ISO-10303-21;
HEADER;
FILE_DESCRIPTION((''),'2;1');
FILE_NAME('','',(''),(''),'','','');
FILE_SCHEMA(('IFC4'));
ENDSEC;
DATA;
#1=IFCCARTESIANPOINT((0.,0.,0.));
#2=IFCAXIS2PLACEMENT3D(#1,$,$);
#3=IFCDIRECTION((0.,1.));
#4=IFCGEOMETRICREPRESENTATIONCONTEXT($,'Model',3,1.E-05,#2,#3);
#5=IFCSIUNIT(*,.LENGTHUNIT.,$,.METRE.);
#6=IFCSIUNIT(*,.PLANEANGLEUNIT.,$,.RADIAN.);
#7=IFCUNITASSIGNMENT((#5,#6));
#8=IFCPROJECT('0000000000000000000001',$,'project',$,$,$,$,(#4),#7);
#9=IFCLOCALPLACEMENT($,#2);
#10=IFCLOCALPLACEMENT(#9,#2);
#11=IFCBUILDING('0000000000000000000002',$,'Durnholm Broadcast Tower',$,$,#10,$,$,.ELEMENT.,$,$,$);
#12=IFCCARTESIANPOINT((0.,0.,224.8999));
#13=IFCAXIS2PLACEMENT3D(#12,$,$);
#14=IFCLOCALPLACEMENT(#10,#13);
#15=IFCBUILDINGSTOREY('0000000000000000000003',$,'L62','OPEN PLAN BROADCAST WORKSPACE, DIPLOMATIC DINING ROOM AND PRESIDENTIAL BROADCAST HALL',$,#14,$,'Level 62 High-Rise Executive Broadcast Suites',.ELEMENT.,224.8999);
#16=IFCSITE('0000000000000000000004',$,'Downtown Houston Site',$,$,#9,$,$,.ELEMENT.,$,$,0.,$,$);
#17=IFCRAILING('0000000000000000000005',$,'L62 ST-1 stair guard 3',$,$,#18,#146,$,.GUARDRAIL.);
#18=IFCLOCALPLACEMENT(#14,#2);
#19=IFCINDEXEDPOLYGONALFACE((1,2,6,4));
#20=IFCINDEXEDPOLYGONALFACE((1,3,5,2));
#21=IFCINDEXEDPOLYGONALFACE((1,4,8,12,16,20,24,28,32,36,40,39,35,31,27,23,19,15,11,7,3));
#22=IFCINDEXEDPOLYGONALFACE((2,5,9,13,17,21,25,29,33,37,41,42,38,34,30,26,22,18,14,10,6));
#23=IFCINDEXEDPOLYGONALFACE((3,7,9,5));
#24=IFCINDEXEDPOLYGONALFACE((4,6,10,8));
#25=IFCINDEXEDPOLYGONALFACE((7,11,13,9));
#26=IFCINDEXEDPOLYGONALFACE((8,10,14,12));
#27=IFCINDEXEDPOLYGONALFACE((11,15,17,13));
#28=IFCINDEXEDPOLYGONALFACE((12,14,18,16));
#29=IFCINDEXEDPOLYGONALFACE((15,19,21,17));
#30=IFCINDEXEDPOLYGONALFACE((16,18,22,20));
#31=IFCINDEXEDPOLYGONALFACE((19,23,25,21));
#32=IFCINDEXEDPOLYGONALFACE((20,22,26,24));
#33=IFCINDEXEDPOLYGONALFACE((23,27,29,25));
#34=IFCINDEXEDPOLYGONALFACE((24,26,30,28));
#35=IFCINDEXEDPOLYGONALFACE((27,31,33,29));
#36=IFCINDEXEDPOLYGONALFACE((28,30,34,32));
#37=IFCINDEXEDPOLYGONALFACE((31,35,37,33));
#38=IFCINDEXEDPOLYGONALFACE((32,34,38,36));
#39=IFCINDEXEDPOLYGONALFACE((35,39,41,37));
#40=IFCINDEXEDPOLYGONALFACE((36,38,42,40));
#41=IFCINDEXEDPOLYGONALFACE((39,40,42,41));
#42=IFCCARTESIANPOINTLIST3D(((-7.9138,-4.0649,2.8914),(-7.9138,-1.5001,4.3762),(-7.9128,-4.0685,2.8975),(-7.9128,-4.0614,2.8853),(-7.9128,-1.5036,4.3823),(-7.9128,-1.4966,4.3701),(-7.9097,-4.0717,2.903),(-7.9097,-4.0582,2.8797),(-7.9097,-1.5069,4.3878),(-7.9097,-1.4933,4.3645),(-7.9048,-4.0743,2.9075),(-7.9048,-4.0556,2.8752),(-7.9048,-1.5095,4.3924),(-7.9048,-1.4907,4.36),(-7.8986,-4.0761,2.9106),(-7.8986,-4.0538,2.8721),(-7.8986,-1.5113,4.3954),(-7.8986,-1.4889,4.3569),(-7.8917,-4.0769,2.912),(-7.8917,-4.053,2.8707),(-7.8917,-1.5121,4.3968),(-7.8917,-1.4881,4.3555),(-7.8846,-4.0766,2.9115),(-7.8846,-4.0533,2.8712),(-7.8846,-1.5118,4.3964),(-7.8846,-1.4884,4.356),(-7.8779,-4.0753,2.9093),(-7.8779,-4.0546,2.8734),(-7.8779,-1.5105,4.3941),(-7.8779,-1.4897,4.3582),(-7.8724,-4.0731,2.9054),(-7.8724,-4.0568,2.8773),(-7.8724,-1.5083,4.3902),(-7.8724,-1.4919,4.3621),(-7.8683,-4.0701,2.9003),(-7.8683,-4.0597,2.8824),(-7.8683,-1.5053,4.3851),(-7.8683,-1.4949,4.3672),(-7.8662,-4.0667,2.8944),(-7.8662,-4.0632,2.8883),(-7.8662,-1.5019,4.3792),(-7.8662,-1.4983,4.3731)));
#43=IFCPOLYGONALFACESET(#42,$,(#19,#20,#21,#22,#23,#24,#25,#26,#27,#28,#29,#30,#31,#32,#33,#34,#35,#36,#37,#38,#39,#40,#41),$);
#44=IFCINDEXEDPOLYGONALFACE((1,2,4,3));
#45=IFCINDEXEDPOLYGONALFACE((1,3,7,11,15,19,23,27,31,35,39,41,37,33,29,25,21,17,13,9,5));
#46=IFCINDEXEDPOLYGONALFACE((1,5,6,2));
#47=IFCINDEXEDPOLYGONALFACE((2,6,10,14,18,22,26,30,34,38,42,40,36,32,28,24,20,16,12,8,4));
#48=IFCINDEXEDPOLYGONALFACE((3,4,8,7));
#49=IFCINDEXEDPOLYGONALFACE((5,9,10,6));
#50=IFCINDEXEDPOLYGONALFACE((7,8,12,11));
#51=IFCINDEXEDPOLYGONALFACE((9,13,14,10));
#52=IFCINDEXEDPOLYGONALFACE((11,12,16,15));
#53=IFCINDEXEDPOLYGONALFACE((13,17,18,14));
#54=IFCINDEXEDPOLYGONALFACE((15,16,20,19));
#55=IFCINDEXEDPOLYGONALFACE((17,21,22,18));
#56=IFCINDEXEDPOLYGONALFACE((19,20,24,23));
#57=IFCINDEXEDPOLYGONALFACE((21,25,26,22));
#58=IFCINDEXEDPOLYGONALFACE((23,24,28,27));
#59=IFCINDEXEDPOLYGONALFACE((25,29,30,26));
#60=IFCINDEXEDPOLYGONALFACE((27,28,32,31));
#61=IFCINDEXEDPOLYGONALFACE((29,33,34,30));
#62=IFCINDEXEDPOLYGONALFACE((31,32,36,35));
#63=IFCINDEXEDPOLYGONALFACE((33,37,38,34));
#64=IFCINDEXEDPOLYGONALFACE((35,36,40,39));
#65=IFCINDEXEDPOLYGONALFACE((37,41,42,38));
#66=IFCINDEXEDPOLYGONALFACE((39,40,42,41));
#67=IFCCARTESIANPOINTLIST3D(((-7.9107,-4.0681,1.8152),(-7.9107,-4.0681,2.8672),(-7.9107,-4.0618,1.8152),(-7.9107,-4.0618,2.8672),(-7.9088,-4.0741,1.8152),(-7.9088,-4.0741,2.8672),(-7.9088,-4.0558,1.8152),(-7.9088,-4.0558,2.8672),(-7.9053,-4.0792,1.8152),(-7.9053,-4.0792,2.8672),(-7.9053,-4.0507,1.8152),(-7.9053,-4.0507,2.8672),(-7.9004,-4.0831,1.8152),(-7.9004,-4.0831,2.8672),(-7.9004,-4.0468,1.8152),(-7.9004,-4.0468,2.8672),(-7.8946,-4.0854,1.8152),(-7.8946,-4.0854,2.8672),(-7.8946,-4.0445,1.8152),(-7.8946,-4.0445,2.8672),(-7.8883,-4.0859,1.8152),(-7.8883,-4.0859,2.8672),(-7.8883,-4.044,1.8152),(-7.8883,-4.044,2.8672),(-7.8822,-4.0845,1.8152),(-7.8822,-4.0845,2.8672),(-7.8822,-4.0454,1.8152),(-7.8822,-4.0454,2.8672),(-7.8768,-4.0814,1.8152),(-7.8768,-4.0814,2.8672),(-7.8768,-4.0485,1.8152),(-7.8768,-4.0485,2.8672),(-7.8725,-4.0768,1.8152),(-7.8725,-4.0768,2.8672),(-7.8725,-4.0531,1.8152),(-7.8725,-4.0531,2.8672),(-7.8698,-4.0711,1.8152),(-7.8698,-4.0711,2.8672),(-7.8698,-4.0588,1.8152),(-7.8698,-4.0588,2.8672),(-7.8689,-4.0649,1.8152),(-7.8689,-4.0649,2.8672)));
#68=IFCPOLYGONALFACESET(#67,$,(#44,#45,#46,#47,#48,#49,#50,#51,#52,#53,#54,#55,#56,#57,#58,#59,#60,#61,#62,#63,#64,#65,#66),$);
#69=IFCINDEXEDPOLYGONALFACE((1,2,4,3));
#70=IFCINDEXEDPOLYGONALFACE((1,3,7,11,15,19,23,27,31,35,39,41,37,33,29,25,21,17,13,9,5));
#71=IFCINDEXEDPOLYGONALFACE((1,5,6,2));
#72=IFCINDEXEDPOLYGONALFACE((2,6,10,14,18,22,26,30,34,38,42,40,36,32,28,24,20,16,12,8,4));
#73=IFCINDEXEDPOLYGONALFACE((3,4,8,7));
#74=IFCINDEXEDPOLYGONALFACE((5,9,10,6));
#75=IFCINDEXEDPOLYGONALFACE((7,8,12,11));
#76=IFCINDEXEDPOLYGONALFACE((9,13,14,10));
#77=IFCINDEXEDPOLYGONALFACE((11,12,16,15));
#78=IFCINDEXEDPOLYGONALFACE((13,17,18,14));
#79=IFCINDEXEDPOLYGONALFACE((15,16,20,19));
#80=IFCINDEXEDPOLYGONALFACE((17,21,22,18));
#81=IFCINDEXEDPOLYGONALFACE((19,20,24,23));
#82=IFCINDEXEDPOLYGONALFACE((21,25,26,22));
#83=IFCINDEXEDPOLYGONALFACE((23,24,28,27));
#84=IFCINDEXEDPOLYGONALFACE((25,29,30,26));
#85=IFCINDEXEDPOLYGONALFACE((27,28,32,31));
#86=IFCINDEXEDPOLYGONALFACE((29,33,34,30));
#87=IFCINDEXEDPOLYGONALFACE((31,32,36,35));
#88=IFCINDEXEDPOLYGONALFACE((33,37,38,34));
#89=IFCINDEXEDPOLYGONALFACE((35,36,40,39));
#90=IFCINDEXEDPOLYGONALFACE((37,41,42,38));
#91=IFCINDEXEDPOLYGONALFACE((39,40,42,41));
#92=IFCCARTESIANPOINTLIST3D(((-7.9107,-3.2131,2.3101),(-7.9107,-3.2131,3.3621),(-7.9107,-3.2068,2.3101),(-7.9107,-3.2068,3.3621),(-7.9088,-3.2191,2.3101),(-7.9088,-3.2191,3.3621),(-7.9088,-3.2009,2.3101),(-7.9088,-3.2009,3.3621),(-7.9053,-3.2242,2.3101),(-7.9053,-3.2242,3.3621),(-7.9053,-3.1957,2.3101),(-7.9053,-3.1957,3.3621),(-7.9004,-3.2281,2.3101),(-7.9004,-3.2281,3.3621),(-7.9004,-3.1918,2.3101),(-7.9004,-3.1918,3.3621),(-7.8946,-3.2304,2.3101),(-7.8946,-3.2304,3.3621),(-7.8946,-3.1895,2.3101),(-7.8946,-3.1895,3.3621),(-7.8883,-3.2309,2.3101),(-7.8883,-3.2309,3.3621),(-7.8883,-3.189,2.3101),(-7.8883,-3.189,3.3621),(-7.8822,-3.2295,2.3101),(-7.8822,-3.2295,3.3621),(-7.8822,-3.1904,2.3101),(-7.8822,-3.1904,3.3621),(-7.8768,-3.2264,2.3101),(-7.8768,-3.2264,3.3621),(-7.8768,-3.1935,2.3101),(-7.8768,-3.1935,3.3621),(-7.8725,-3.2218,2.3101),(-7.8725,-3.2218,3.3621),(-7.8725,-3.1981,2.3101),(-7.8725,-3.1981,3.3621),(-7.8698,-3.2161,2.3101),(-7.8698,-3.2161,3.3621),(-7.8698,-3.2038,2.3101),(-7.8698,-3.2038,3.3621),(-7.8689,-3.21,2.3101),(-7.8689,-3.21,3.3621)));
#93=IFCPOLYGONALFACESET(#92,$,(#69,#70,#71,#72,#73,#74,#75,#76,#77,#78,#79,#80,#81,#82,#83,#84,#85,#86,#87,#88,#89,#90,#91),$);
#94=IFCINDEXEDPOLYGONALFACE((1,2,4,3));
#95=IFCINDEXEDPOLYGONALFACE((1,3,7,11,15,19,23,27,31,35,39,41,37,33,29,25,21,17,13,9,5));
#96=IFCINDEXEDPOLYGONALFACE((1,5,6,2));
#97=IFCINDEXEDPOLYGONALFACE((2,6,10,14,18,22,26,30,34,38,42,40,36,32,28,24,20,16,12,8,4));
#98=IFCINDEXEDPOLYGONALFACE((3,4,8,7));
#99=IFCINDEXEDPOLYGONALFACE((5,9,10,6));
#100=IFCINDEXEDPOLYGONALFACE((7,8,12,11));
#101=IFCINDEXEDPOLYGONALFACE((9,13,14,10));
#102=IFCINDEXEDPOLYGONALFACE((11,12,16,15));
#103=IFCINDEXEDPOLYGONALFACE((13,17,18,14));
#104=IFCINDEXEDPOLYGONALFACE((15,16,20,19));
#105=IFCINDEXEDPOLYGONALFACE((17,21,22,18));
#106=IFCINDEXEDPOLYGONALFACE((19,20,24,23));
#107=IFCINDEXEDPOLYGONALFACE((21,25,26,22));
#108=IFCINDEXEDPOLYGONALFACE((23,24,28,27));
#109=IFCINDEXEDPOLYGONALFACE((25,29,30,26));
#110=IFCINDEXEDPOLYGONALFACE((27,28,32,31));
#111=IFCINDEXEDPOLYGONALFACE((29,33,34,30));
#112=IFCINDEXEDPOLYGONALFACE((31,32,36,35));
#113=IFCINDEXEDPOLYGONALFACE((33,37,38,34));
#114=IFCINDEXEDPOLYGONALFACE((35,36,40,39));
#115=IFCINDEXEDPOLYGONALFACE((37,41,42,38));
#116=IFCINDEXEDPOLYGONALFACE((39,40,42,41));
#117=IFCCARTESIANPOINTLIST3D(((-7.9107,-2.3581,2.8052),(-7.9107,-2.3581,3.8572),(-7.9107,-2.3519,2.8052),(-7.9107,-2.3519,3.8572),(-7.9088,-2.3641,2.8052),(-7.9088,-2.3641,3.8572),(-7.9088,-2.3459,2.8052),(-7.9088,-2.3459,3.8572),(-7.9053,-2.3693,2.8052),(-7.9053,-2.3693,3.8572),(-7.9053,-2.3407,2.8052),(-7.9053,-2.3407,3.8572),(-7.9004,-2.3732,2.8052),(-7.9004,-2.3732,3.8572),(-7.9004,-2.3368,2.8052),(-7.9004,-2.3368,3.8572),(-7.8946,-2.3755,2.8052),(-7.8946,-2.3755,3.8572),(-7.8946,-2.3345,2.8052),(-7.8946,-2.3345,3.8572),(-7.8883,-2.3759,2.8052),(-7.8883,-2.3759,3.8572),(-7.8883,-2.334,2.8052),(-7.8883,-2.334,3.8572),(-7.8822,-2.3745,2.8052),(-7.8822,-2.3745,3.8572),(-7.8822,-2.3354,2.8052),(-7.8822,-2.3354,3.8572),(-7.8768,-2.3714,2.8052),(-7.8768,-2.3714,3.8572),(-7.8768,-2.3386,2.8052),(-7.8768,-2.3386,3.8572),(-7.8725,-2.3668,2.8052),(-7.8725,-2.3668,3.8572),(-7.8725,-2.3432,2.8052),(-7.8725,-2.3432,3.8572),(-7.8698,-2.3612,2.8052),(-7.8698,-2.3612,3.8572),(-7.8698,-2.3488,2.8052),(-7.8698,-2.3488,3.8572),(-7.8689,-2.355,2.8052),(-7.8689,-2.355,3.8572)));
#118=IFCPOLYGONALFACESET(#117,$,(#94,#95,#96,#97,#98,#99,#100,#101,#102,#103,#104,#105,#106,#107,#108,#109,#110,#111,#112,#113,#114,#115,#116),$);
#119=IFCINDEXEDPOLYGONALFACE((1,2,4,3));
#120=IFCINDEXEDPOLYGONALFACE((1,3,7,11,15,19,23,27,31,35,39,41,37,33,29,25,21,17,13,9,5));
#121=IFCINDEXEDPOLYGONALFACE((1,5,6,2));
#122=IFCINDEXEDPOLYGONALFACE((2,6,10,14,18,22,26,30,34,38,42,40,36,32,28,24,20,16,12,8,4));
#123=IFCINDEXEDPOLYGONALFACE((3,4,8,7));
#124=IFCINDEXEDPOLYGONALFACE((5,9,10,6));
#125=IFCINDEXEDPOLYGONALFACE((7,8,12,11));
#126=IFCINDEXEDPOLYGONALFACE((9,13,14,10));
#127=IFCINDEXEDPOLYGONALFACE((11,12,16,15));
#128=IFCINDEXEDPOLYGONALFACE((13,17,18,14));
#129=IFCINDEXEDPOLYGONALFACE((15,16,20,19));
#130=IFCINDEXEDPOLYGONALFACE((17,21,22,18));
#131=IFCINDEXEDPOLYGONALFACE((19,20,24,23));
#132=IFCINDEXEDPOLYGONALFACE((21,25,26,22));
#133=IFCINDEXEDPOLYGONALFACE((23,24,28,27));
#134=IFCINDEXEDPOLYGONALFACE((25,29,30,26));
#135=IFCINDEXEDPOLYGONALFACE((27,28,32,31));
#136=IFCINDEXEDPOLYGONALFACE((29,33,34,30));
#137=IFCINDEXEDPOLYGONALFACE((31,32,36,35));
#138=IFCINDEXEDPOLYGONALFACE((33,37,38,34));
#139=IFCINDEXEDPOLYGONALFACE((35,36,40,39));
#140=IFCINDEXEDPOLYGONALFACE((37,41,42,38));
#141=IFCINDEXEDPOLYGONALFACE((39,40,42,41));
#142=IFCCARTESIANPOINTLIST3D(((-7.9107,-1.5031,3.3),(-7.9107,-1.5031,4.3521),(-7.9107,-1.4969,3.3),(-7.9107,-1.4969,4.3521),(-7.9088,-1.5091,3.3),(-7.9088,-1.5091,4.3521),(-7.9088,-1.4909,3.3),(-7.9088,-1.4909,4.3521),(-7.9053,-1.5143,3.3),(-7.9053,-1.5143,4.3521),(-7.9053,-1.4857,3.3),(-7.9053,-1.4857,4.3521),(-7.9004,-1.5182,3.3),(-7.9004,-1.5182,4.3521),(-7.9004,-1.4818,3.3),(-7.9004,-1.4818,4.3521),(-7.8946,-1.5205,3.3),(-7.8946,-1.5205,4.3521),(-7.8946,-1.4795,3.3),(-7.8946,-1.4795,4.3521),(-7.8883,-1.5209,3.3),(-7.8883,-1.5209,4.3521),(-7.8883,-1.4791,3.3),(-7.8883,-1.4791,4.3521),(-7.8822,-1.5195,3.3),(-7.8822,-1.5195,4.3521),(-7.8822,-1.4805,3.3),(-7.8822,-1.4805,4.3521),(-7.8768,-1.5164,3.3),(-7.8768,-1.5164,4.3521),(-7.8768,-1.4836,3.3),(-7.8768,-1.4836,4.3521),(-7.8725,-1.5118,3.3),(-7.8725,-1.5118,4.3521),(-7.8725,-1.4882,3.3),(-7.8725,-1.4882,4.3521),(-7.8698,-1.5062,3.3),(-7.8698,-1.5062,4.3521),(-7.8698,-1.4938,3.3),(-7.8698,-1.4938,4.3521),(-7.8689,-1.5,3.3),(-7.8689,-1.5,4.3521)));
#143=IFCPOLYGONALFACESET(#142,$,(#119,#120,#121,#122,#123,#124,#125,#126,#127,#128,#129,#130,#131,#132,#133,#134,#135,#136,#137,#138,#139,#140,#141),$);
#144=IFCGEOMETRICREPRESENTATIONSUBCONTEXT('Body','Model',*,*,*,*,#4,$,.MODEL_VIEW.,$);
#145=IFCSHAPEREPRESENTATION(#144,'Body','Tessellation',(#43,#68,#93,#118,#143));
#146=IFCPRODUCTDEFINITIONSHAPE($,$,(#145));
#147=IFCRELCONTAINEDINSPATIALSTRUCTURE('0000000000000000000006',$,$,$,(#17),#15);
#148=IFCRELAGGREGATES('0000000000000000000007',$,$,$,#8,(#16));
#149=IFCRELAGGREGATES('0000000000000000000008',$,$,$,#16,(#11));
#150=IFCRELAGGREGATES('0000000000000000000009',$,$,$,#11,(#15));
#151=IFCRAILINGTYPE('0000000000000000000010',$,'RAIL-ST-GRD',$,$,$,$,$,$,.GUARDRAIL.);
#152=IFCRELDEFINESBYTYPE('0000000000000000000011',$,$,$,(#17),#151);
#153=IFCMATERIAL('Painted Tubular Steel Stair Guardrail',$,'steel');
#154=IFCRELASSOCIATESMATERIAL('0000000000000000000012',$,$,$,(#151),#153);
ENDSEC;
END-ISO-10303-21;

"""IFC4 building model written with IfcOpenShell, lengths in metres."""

from ifc_helpers import new_model, si_unit, direction, frame, origin, origin_2d, place, context, subcontext, project, spatial, circle, extrude, material, type_object, element, save


model = new_model("IFC4")

# Units and contexts
model_context = context("Model", 3, precision=1e-05, world=origin(), true_north=direction((0.0, 1.0)))
body_context = subcontext(model_context, "Body", "Model", "MODEL_VIEW")
ifc_project = project(units=[si_unit("LENGTHUNIT", "METRE"), si_unit("PLANEANGLEUNIT", "RADIAN")], contexts=[model_context])

# Site, building, storey
site_placement = place(None, origin())
site = spatial("IfcSite", under=ifc_project, at=site_placement, Name="Downtown Houston Site", CompositionType="ELEMENT", RefElevation=0.0)
building_placement = place(site_placement, origin())
building = spatial("IfcBuilding", under=site, at=building_placement, Name="Durnholm Broadcast Tower", CompositionType="ELEMENT")
storey_placement = place(building_placement, frame((0.0, 0.0, 224.8999)))
storey = spatial("IfcBuildingStorey", under=building, at=storey_placement, Name="L62", Description="OPEN PLAN BROADCAST WORKSPACE, DIPLOMATIC DINING ROOM AND PRESIDENTIAL BROADCAST HALL", LongName="Level 62 High-Rise Executive Broadcast Suites", CompositionType="ELEMENT", Elevation=224.8999)

# Railing
ifc_material_1 = material(Name="Painted Tubular Steel Stair Guardrail", Category="steel")
railing_type_1 = type_object("IfcRailingType", Name="RAIL-ST-GRD", PredefinedType="GUARDRAIL", material=ifc_material_1)
railing_1_placement = place(storey_placement, frame((-7.8899, -4.0649, 1.8152)))
element("IfcRailing", 1, at=railing_1_placement, inside=storey, type_object=railing_type_1, Name="L62 ST-1 stair guard 3", PredefinedType="GUARDRAIL", context=body_context, shape_type="SweptSolid", body=[
    extrude(circle(Radius=0.0239, at=origin_2d()), frame((0.0, 0.0, 1.0762), z_axis=(0.0, 0.865441, 0.50101), x_axis=(-1.0, 0.0, 0.0)), (0.0, 0.0, 1.0), 2.9636),
    extrude(circle(Radius=0.021, at=origin_2d()), origin(), (0.0, 0.0, 1.0), 1.052),
    extrude(circle(Radius=0.021, at=origin_2d()), frame((0.0, 0.855, 0.4949)), (0.0, 0.0, 1.0), 1.052),
    extrude(circle(Radius=0.021, at=origin_2d()), frame((0.0, 1.71, 0.99)), (0.0, 0.0, 1.0), 1.052),
    extrude(circle(Radius=0.021, at=origin_2d()), frame((0.0, 2.5649, 1.4849)), (0.0, 0.0, 1.0), 1.052),
])

save(model, "model.ifc")
